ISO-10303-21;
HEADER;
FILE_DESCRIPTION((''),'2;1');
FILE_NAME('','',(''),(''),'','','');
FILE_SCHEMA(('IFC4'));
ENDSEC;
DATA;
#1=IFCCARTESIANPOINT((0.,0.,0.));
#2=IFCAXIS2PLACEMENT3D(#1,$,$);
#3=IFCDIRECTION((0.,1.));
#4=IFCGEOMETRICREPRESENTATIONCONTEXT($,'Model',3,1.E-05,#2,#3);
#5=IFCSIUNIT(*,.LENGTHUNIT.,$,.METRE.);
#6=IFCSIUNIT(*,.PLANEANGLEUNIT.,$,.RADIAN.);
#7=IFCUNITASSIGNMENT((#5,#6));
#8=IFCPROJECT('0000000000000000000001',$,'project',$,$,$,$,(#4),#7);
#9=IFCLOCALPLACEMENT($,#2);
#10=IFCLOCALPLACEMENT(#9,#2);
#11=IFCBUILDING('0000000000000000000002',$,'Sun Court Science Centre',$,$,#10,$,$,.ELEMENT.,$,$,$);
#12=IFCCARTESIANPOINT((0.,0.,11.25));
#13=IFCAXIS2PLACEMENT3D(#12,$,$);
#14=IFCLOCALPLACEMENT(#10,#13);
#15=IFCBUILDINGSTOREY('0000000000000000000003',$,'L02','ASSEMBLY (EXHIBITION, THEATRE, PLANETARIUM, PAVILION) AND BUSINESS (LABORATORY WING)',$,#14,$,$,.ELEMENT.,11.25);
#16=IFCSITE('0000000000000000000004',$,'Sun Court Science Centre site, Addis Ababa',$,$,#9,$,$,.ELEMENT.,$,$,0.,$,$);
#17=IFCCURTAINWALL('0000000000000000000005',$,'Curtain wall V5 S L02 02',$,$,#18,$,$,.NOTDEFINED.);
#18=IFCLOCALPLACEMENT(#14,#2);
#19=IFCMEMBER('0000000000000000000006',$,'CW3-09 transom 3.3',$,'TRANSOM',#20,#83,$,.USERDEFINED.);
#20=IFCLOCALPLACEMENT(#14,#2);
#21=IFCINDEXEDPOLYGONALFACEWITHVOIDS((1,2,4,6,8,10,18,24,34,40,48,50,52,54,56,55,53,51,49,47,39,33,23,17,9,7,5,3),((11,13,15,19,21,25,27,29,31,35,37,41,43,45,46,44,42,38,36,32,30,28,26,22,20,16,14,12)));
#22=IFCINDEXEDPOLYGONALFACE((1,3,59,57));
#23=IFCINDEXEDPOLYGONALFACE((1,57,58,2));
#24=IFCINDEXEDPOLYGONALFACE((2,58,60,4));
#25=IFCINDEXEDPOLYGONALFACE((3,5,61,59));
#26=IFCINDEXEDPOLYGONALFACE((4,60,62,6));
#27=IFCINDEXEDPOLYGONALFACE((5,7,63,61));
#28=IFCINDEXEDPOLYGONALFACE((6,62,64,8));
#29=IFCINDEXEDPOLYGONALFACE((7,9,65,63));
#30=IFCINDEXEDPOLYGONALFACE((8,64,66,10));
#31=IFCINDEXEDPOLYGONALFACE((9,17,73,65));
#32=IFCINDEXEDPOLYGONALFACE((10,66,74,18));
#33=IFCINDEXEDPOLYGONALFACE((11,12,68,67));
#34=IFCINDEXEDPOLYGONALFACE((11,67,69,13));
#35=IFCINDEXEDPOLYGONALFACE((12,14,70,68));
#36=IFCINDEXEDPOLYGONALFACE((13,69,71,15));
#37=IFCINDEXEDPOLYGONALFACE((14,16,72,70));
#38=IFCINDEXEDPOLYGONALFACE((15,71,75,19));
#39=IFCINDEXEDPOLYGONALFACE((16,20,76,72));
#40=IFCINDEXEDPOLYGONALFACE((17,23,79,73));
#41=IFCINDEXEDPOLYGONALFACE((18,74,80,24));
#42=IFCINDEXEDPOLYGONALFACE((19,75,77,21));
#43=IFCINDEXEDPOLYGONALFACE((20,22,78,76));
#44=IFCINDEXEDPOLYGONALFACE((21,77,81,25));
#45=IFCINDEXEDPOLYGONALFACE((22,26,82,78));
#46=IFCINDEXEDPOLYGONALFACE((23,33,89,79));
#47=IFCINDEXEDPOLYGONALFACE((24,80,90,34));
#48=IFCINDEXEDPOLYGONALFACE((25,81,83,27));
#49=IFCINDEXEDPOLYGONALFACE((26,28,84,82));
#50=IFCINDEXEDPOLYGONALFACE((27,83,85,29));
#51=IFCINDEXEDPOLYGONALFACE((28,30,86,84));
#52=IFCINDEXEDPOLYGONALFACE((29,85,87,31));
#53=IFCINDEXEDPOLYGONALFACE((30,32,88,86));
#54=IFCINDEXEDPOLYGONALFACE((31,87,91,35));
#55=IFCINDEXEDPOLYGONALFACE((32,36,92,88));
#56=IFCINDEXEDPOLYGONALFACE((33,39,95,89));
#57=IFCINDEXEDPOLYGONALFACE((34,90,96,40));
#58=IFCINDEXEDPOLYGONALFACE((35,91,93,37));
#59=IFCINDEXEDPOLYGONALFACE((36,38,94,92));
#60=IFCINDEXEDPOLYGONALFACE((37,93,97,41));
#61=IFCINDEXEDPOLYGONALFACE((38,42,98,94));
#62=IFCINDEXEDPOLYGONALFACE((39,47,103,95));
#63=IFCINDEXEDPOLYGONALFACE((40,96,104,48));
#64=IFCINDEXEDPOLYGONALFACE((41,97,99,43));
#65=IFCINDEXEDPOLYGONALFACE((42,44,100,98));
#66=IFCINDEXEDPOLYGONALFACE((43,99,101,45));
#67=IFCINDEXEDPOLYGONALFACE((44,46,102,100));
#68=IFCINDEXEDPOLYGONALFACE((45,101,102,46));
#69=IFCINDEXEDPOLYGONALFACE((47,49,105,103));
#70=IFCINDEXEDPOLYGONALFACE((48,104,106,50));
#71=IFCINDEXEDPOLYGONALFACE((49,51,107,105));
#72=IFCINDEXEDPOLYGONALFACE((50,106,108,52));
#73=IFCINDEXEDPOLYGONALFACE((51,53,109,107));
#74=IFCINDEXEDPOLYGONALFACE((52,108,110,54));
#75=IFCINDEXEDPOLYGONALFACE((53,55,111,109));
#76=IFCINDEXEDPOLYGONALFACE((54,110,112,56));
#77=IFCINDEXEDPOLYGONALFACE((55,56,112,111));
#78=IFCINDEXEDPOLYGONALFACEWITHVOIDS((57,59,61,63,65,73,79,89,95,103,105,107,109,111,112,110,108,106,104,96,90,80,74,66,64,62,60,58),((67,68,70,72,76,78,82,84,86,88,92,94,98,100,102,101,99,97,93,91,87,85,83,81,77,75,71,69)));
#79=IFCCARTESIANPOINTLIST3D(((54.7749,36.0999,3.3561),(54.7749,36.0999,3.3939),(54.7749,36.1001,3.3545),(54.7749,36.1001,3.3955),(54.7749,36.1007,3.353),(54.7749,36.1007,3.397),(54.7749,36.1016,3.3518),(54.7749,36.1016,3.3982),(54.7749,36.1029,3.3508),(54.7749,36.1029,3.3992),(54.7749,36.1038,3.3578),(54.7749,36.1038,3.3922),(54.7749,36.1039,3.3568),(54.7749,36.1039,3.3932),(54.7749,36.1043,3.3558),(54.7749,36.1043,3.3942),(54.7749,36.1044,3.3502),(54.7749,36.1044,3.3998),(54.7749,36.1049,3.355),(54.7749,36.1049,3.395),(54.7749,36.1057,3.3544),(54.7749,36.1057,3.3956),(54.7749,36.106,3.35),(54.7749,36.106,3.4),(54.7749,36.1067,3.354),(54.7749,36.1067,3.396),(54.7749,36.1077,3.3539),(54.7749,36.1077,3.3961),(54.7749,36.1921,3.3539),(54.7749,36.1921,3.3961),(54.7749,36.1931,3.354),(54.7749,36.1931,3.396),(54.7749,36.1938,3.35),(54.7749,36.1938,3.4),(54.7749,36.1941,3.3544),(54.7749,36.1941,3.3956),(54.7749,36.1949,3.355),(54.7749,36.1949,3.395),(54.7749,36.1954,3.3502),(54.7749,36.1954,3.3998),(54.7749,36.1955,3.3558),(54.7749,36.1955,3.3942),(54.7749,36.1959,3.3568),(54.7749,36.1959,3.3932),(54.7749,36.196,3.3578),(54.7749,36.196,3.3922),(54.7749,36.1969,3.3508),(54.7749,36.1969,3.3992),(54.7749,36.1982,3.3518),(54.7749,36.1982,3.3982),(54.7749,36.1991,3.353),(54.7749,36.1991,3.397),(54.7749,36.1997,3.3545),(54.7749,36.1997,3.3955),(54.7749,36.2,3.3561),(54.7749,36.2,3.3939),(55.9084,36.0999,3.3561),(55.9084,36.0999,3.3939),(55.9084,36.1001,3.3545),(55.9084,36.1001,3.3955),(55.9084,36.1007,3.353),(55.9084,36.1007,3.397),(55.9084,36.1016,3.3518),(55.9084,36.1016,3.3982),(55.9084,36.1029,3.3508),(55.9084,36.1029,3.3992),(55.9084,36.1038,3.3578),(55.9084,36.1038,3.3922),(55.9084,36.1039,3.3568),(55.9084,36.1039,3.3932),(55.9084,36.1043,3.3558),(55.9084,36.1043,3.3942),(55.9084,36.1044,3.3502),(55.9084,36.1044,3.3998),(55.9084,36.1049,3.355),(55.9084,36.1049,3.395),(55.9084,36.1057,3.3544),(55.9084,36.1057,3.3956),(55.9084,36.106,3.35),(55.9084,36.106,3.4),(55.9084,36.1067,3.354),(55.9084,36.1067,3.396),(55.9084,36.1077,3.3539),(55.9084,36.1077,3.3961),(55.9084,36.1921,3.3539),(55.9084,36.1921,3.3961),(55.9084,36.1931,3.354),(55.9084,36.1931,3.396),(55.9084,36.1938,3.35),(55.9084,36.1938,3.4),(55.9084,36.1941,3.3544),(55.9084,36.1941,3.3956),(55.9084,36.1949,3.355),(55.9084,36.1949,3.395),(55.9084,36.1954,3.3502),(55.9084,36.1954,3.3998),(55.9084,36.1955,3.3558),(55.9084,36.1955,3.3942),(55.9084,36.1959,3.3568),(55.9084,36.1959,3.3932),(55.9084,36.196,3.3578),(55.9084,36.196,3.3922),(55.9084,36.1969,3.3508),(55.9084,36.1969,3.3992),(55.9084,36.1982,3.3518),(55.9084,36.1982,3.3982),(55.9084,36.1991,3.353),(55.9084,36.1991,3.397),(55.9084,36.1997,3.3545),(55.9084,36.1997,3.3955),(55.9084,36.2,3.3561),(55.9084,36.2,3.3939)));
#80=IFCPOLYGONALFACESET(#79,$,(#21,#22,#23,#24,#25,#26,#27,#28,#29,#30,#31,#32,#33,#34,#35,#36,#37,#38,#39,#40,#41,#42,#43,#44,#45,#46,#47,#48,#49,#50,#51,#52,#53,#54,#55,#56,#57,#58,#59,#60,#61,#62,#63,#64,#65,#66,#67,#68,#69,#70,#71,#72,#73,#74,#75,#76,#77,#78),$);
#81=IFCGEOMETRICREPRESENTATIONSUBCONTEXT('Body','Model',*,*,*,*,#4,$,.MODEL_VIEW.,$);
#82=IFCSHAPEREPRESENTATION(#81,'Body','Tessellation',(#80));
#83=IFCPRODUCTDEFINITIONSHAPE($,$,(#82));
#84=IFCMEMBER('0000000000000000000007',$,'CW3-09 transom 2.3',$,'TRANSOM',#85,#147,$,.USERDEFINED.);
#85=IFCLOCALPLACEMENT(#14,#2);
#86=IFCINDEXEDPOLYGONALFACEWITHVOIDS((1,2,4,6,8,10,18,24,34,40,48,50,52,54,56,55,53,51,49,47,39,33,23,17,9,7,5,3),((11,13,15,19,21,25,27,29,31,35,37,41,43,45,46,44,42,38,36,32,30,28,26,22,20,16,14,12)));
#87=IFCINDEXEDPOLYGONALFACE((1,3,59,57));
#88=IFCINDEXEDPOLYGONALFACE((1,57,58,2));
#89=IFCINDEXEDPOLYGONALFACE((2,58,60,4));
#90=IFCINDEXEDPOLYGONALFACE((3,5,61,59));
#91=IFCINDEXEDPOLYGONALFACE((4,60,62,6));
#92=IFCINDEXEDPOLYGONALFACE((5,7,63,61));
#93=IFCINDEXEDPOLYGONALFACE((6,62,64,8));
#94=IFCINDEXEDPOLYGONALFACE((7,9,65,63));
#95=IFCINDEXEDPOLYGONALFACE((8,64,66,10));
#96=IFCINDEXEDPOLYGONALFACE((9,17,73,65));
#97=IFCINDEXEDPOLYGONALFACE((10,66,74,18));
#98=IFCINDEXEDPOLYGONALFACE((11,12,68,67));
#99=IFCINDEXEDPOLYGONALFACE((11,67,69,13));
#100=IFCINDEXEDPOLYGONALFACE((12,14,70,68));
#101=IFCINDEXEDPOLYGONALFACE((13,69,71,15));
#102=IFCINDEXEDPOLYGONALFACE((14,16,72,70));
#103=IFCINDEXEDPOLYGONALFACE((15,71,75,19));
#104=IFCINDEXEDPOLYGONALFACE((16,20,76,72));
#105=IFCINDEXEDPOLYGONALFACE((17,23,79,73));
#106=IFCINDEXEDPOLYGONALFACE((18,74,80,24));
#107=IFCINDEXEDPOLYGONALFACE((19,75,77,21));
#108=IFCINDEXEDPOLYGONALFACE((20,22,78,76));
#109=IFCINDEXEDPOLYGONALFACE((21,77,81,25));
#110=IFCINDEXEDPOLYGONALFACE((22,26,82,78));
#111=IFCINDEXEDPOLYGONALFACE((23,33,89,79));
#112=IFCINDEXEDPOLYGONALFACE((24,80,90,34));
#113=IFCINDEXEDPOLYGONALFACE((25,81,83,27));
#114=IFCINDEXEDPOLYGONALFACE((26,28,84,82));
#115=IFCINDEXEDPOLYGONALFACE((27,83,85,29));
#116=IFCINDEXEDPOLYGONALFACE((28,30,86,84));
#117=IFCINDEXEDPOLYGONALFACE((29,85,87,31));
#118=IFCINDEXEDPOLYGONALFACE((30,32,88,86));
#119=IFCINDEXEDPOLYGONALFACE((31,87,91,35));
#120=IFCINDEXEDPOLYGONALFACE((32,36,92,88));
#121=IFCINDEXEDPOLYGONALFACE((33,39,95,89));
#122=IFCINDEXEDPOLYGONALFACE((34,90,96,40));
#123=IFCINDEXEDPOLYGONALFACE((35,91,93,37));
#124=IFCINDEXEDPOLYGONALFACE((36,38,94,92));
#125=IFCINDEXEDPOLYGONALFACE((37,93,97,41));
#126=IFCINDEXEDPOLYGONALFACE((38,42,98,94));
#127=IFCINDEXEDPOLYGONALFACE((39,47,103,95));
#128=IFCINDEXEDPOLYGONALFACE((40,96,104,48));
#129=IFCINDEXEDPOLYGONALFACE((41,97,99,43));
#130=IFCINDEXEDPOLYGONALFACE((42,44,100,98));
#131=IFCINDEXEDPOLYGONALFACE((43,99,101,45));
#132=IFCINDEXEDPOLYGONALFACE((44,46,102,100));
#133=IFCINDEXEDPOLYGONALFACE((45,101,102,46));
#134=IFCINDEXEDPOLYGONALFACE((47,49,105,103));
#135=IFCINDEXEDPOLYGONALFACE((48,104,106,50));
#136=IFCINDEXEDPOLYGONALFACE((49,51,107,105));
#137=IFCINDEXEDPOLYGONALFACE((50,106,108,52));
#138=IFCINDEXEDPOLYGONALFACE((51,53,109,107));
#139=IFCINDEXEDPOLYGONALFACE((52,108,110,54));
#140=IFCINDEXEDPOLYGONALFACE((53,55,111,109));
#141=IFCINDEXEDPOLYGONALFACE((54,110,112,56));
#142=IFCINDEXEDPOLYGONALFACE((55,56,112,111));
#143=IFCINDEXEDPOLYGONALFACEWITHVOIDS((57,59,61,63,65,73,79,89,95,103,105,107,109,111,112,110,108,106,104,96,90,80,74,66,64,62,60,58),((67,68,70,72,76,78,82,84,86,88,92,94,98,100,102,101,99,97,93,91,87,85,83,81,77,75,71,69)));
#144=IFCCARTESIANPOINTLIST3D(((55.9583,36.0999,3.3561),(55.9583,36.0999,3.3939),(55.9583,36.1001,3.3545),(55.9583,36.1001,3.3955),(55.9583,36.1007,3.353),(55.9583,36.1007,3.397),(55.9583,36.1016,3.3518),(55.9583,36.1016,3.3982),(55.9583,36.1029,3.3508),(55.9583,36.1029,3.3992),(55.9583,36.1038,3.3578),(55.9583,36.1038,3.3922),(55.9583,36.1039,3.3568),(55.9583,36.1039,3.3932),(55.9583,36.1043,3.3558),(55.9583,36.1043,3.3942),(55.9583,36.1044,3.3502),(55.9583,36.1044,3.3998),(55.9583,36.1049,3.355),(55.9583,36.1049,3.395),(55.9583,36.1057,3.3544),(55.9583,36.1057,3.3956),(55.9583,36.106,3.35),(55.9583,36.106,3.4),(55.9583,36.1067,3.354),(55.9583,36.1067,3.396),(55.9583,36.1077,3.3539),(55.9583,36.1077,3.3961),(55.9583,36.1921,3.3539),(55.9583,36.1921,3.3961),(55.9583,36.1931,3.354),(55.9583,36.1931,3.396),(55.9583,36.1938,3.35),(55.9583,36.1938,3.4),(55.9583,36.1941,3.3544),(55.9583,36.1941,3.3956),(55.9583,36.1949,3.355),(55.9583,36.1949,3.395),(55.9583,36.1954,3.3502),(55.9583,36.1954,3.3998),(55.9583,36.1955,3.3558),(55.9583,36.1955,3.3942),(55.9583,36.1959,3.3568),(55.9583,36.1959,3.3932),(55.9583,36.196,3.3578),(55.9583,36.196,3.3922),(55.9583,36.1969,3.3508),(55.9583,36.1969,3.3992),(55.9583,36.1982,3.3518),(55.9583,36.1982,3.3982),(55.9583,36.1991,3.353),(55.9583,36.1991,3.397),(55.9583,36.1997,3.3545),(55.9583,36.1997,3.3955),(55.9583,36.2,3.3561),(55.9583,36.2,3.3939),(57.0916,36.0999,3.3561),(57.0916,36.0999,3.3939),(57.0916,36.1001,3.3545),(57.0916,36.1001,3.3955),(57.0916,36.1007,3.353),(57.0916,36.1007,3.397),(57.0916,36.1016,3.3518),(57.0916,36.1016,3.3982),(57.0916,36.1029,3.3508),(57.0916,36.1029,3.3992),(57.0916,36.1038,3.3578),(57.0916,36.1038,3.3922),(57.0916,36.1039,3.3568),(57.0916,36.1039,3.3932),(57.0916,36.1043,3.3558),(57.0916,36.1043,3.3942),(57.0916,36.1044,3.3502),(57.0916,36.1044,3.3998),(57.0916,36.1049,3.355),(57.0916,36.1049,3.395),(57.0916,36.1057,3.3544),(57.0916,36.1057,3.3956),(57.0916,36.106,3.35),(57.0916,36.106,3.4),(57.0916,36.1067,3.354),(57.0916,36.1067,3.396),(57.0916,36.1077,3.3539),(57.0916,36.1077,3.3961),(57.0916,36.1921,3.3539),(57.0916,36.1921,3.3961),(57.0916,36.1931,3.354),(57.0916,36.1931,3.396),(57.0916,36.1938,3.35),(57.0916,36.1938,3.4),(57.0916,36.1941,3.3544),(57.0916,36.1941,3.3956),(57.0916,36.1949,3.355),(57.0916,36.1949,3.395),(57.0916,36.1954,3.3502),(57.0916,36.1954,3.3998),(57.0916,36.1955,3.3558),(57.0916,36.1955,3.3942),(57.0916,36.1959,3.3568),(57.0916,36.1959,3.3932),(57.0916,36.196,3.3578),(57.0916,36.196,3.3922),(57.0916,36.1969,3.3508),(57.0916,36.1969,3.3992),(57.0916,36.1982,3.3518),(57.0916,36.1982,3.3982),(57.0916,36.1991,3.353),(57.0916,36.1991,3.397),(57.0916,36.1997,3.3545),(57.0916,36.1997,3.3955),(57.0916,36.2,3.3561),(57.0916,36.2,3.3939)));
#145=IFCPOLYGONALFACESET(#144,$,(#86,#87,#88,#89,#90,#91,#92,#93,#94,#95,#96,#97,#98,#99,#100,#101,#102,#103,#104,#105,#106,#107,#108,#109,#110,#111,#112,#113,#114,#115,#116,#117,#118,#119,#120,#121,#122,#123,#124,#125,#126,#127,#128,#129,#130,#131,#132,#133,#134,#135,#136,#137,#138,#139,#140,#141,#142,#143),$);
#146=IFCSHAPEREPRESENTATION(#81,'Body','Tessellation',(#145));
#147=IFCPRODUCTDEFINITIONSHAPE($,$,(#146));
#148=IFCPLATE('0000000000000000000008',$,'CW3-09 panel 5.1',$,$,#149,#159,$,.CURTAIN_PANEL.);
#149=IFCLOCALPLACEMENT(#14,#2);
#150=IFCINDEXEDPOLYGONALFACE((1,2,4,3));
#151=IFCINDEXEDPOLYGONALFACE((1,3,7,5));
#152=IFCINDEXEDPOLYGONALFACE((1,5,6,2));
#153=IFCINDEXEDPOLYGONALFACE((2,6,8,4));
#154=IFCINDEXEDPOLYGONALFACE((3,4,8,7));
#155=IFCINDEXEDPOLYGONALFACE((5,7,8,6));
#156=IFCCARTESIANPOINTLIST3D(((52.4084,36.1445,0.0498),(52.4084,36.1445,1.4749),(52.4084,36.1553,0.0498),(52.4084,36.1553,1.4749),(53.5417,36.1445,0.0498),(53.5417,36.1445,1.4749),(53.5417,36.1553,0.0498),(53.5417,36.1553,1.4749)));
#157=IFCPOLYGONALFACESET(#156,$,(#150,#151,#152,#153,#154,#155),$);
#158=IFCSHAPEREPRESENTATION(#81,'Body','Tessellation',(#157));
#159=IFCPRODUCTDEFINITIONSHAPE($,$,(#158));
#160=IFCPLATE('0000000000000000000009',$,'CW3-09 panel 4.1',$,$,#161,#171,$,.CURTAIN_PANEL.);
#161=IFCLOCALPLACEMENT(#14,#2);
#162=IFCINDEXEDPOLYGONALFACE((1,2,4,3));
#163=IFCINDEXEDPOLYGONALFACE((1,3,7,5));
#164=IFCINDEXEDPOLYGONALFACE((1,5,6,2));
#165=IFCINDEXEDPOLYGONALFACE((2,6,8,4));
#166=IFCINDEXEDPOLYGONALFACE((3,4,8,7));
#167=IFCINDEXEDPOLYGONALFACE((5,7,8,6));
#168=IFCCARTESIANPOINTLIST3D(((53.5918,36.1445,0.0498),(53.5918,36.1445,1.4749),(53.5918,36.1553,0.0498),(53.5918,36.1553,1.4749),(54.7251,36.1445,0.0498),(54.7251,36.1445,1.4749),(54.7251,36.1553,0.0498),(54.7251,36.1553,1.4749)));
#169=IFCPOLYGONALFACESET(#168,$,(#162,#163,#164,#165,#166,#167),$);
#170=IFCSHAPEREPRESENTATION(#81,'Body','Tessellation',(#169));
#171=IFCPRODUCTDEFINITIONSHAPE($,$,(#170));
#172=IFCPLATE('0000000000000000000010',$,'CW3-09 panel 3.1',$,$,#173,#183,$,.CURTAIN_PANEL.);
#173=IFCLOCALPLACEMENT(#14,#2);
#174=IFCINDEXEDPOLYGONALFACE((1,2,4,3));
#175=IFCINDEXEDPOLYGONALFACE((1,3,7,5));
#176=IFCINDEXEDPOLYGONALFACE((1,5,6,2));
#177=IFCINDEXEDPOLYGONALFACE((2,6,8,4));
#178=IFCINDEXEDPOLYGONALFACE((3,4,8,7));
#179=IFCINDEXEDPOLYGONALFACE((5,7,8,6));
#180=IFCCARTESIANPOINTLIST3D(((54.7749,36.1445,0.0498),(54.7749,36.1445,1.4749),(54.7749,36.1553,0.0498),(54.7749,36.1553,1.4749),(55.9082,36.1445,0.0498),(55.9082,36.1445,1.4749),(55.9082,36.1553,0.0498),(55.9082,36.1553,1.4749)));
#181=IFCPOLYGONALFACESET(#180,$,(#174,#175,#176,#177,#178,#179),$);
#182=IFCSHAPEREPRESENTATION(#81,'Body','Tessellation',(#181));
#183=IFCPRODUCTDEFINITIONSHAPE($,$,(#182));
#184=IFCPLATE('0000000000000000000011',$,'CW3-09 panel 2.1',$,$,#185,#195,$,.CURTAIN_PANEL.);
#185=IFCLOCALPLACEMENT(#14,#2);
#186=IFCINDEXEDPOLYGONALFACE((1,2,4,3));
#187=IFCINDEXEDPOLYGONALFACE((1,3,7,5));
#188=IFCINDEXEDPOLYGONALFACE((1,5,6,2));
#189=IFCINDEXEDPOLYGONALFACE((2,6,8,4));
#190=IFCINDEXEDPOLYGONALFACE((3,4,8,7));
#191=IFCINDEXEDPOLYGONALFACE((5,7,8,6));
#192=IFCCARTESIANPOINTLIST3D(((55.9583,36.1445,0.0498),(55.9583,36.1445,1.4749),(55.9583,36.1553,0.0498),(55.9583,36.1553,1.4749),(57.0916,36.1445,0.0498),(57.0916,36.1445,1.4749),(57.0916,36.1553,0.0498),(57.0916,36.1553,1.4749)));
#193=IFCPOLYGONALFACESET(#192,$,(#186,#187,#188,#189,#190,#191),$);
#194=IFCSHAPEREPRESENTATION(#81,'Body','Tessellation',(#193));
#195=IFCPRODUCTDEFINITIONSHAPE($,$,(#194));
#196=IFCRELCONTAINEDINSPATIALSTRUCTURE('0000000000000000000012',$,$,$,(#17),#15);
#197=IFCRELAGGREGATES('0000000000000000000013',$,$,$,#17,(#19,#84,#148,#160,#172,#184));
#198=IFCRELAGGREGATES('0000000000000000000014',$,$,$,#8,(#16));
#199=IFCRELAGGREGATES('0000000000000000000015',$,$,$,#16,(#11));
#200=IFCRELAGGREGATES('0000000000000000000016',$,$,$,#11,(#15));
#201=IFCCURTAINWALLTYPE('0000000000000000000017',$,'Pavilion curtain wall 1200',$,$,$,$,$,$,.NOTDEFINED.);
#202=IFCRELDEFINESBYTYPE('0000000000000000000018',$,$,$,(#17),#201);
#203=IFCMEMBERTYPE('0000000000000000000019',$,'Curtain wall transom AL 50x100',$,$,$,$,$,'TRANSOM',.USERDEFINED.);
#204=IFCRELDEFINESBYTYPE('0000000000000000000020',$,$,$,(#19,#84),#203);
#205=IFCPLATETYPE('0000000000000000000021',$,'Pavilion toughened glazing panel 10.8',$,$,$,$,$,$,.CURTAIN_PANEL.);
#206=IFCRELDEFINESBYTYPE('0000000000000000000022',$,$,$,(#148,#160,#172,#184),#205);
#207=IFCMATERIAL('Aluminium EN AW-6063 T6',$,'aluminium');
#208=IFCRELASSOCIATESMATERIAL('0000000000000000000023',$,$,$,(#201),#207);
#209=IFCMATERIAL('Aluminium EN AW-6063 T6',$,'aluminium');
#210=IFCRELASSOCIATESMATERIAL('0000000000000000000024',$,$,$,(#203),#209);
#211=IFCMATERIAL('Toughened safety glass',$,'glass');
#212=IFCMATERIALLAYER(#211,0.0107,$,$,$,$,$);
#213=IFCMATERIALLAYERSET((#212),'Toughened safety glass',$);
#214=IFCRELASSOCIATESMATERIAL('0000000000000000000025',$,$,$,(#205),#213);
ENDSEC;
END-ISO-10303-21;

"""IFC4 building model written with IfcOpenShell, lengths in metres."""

from ifc_helpers import new_model, si_unit, direction, frame, origin, origin_2d, place, context, subcontext, project, spatial, rectangle, hollow_rectangle, extrude, material, layer, layer_set, material_profile, profile_set, type_object, element, aggregate, save


model = new_model("IFC4")

# Units and contexts
model_context = context("Model", 3, precision=1e-05, world=origin(), true_north=direction((0.0, 1.0)))
body_context = subcontext(model_context, "Body", "Model", "MODEL_VIEW")
ifc_project = project(units=[si_unit("LENGTHUNIT", "METRE"), si_unit("PLANEANGLEUNIT", "RADIAN")], contexts=[model_context])

# Site, building, storey
site_placement = place(None, origin())
site = spatial("IfcSite", under=ifc_project, at=site_placement, Name="Sun Court Science Centre site, Addis Ababa", CompositionType="ELEMENT", RefElevation=0.0)
building_placement = place(site_placement, origin())
building = spatial("IfcBuilding", under=site, at=building_placement, Name="Sun Court Science Centre", CompositionType="ELEMENT")
storey_placement = place(building_placement, frame((0.0, 0.0, 11.25)))
storey = spatial("IfcBuildingStorey", under=building, at=storey_placement, Name="L02", Description="ASSEMBLY (EXHIBITION, THEATRE, PLANETARIUM, PAVILION) AND BUSINESS (LABORATORY WING)", CompositionType="ELEMENT", Elevation=11.25)

# Curtain wall, members, plates
ifc_material_1 = material(Name="Aluminium EN AW-6063 T6", Category="aluminium")
curtain_wall_type = type_object("IfcCurtainWallType", Name="Pavilion curtain wall 1200", PredefinedType="NOTDEFINED", material=ifc_material_1)
curtain_wall_placement = place(storey_placement, origin())
curtain_wall = element("IfcCurtainWall", 1, at=curtain_wall_placement, inside=storey, type_object=curtain_wall_type, Name="Curtain wall V5 S L02 02", PredefinedType="NOTDEFINED")
ifc_material_2 = material(Name="Aluminium EN AW-6063 T6", Category="aluminium")
ifc_material_profile_1 = material_profile(ifc_material_2, hollow_rectangle(XDim=0.05, YDim=0.1001, WallThickness=0.0039, InnerFilletRadius=0.0039, OuterFilletRadius=0.0061, at=origin_2d()), Name="AL 50x100x4")
ifc_profile_set_1 = profile_set([ifc_material_profile_1], Name="Aluminium EN AW-6063 T6")
member_type_1 = type_object("IfcMemberType", Name="Curtain wall transom AL 50x100", ElementType="TRANSOM", PredefinedType="USERDEFINED", material=ifc_profile_set_1)
member_1_placement = place(storey_placement, frame((55.9084, 36.1499, 3.375), z_axis=(-1.0, 0.0, 0.0), x_axis=(0.0, 0.0, 1.0)))
member_1 = element("IfcMember", 2, at=member_1_placement, type_object=member_type_1, Name="CW3-09 transom 3.3", ObjectType="TRANSOM", PredefinedType="USERDEFINED", context=body_context, shape_type="SweptSolid", body=[
    extrude(hollow_rectangle(XDim=0.05, YDim=0.1001, WallThickness=0.0039, InnerFilletRadius=0.0039, OuterFilletRadius=0.0061, at=origin_2d()), origin(), (0.0, 0.0, 1.0), 1.1335),
])
member_2_placement = place(storey_placement, frame((57.0916, 36.1499, 3.375), z_axis=(-1.0, 0.0, 0.0), x_axis=(0.0, 0.0, 1.0)))
member_2 = element("IfcMember", 3, at=member_2_placement, type_object=member_type_1, Name="CW3-09 transom 2.3", ObjectType="TRANSOM", PredefinedType="USERDEFINED", context=body_context, shape_type="SweptSolid", body=[
    extrude(hollow_rectangle(XDim=0.05, YDim=0.1001, WallThickness=0.0039, InnerFilletRadius=0.0039, OuterFilletRadius=0.0061, at=origin_2d()), origin(), (0.0, 0.0, 1.0), 1.1333),
])
ifc_material_3 = material(Name="Toughened safety glass", Category="glass")
ifc_layer = layer(ifc_material_3, 0.0107)
ifc_layer_set = layer_set([ifc_layer], Name="Toughened safety glass")
plate_type = type_object("IfcPlateType", Name="Pavilion toughened glazing panel 10.8", PredefinedType="CURTAIN_PANEL", material=ifc_layer_set)
plate_1_placement = place(storey_placement, frame((52.9751, 36.1499, 0.0498), z_axis=(0.0, 0.0, 1.0), x_axis=(-1.0, 0.0, 0.0)))
plate_1 = element("IfcPlate", 4, at=plate_1_placement, type_object=plate_type, Name="CW3-09 panel 5.1", PredefinedType="CURTAIN_PANEL", context=body_context, shape_type="SweptSolid", body=[
    extrude(rectangle(XDim=1.1333, YDim=0.0107, at=origin_2d()), origin(), (0.0, 0.0, 1.0), 1.425),
])
plate_2_placement = place(storey_placement, frame((54.1584, 36.1499, 0.0498), z_axis=(0.0, 0.0, 1.0), x_axis=(-1.0, 0.0, 0.0)))
plate_2 = element("IfcPlate", 5, at=plate_2_placement, type_object=plate_type, Name="CW3-09 panel 4.1", PredefinedType="CURTAIN_PANEL", context=body_context, shape_type="SweptSolid", body=[
    extrude(rectangle(XDim=1.1333, YDim=0.0107, at=origin_2d()), origin(), (0.0, 0.0, 1.0), 1.425),
])
plate_3_placement = place(storey_placement, frame((55.3416, 36.1499, 0.0498), z_axis=(0.0, 0.0, 1.0), x_axis=(-1.0, 0.0, 0.0)))
plate_3 = element("IfcPlate", 6, at=plate_3_placement, type_object=plate_type, Name="CW3-09 panel 3.1", PredefinedType="CURTAIN_PANEL", context=body_context, shape_type="SweptSolid", body=[
    extrude(rectangle(XDim=1.1333, YDim=0.0107, at=origin_2d()), origin(), (0.0, 0.0, 1.0), 1.425),
])
plate_4_placement = place(storey_placement, frame((56.5249, 36.1499, 0.0498), z_axis=(0.0, 0.0, 1.0), x_axis=(-1.0, 0.0, 0.0)))
plate_4 = element("IfcPlate", 7, at=plate_4_placement, type_object=plate_type, Name="CW3-09 panel 2.1", PredefinedType="CURTAIN_PANEL", context=body_context, shape_type="SweptSolid", body=[
    extrude(rectangle(XDim=1.1333, YDim=0.0107, at=origin_2d()), origin(), (0.0, 0.0, 1.0), 1.425),
])
aggregate(curtain_wall, [member_1, member_2, plate_1, plate_2, plate_3, plate_4])

save(model, "model.ifc")
